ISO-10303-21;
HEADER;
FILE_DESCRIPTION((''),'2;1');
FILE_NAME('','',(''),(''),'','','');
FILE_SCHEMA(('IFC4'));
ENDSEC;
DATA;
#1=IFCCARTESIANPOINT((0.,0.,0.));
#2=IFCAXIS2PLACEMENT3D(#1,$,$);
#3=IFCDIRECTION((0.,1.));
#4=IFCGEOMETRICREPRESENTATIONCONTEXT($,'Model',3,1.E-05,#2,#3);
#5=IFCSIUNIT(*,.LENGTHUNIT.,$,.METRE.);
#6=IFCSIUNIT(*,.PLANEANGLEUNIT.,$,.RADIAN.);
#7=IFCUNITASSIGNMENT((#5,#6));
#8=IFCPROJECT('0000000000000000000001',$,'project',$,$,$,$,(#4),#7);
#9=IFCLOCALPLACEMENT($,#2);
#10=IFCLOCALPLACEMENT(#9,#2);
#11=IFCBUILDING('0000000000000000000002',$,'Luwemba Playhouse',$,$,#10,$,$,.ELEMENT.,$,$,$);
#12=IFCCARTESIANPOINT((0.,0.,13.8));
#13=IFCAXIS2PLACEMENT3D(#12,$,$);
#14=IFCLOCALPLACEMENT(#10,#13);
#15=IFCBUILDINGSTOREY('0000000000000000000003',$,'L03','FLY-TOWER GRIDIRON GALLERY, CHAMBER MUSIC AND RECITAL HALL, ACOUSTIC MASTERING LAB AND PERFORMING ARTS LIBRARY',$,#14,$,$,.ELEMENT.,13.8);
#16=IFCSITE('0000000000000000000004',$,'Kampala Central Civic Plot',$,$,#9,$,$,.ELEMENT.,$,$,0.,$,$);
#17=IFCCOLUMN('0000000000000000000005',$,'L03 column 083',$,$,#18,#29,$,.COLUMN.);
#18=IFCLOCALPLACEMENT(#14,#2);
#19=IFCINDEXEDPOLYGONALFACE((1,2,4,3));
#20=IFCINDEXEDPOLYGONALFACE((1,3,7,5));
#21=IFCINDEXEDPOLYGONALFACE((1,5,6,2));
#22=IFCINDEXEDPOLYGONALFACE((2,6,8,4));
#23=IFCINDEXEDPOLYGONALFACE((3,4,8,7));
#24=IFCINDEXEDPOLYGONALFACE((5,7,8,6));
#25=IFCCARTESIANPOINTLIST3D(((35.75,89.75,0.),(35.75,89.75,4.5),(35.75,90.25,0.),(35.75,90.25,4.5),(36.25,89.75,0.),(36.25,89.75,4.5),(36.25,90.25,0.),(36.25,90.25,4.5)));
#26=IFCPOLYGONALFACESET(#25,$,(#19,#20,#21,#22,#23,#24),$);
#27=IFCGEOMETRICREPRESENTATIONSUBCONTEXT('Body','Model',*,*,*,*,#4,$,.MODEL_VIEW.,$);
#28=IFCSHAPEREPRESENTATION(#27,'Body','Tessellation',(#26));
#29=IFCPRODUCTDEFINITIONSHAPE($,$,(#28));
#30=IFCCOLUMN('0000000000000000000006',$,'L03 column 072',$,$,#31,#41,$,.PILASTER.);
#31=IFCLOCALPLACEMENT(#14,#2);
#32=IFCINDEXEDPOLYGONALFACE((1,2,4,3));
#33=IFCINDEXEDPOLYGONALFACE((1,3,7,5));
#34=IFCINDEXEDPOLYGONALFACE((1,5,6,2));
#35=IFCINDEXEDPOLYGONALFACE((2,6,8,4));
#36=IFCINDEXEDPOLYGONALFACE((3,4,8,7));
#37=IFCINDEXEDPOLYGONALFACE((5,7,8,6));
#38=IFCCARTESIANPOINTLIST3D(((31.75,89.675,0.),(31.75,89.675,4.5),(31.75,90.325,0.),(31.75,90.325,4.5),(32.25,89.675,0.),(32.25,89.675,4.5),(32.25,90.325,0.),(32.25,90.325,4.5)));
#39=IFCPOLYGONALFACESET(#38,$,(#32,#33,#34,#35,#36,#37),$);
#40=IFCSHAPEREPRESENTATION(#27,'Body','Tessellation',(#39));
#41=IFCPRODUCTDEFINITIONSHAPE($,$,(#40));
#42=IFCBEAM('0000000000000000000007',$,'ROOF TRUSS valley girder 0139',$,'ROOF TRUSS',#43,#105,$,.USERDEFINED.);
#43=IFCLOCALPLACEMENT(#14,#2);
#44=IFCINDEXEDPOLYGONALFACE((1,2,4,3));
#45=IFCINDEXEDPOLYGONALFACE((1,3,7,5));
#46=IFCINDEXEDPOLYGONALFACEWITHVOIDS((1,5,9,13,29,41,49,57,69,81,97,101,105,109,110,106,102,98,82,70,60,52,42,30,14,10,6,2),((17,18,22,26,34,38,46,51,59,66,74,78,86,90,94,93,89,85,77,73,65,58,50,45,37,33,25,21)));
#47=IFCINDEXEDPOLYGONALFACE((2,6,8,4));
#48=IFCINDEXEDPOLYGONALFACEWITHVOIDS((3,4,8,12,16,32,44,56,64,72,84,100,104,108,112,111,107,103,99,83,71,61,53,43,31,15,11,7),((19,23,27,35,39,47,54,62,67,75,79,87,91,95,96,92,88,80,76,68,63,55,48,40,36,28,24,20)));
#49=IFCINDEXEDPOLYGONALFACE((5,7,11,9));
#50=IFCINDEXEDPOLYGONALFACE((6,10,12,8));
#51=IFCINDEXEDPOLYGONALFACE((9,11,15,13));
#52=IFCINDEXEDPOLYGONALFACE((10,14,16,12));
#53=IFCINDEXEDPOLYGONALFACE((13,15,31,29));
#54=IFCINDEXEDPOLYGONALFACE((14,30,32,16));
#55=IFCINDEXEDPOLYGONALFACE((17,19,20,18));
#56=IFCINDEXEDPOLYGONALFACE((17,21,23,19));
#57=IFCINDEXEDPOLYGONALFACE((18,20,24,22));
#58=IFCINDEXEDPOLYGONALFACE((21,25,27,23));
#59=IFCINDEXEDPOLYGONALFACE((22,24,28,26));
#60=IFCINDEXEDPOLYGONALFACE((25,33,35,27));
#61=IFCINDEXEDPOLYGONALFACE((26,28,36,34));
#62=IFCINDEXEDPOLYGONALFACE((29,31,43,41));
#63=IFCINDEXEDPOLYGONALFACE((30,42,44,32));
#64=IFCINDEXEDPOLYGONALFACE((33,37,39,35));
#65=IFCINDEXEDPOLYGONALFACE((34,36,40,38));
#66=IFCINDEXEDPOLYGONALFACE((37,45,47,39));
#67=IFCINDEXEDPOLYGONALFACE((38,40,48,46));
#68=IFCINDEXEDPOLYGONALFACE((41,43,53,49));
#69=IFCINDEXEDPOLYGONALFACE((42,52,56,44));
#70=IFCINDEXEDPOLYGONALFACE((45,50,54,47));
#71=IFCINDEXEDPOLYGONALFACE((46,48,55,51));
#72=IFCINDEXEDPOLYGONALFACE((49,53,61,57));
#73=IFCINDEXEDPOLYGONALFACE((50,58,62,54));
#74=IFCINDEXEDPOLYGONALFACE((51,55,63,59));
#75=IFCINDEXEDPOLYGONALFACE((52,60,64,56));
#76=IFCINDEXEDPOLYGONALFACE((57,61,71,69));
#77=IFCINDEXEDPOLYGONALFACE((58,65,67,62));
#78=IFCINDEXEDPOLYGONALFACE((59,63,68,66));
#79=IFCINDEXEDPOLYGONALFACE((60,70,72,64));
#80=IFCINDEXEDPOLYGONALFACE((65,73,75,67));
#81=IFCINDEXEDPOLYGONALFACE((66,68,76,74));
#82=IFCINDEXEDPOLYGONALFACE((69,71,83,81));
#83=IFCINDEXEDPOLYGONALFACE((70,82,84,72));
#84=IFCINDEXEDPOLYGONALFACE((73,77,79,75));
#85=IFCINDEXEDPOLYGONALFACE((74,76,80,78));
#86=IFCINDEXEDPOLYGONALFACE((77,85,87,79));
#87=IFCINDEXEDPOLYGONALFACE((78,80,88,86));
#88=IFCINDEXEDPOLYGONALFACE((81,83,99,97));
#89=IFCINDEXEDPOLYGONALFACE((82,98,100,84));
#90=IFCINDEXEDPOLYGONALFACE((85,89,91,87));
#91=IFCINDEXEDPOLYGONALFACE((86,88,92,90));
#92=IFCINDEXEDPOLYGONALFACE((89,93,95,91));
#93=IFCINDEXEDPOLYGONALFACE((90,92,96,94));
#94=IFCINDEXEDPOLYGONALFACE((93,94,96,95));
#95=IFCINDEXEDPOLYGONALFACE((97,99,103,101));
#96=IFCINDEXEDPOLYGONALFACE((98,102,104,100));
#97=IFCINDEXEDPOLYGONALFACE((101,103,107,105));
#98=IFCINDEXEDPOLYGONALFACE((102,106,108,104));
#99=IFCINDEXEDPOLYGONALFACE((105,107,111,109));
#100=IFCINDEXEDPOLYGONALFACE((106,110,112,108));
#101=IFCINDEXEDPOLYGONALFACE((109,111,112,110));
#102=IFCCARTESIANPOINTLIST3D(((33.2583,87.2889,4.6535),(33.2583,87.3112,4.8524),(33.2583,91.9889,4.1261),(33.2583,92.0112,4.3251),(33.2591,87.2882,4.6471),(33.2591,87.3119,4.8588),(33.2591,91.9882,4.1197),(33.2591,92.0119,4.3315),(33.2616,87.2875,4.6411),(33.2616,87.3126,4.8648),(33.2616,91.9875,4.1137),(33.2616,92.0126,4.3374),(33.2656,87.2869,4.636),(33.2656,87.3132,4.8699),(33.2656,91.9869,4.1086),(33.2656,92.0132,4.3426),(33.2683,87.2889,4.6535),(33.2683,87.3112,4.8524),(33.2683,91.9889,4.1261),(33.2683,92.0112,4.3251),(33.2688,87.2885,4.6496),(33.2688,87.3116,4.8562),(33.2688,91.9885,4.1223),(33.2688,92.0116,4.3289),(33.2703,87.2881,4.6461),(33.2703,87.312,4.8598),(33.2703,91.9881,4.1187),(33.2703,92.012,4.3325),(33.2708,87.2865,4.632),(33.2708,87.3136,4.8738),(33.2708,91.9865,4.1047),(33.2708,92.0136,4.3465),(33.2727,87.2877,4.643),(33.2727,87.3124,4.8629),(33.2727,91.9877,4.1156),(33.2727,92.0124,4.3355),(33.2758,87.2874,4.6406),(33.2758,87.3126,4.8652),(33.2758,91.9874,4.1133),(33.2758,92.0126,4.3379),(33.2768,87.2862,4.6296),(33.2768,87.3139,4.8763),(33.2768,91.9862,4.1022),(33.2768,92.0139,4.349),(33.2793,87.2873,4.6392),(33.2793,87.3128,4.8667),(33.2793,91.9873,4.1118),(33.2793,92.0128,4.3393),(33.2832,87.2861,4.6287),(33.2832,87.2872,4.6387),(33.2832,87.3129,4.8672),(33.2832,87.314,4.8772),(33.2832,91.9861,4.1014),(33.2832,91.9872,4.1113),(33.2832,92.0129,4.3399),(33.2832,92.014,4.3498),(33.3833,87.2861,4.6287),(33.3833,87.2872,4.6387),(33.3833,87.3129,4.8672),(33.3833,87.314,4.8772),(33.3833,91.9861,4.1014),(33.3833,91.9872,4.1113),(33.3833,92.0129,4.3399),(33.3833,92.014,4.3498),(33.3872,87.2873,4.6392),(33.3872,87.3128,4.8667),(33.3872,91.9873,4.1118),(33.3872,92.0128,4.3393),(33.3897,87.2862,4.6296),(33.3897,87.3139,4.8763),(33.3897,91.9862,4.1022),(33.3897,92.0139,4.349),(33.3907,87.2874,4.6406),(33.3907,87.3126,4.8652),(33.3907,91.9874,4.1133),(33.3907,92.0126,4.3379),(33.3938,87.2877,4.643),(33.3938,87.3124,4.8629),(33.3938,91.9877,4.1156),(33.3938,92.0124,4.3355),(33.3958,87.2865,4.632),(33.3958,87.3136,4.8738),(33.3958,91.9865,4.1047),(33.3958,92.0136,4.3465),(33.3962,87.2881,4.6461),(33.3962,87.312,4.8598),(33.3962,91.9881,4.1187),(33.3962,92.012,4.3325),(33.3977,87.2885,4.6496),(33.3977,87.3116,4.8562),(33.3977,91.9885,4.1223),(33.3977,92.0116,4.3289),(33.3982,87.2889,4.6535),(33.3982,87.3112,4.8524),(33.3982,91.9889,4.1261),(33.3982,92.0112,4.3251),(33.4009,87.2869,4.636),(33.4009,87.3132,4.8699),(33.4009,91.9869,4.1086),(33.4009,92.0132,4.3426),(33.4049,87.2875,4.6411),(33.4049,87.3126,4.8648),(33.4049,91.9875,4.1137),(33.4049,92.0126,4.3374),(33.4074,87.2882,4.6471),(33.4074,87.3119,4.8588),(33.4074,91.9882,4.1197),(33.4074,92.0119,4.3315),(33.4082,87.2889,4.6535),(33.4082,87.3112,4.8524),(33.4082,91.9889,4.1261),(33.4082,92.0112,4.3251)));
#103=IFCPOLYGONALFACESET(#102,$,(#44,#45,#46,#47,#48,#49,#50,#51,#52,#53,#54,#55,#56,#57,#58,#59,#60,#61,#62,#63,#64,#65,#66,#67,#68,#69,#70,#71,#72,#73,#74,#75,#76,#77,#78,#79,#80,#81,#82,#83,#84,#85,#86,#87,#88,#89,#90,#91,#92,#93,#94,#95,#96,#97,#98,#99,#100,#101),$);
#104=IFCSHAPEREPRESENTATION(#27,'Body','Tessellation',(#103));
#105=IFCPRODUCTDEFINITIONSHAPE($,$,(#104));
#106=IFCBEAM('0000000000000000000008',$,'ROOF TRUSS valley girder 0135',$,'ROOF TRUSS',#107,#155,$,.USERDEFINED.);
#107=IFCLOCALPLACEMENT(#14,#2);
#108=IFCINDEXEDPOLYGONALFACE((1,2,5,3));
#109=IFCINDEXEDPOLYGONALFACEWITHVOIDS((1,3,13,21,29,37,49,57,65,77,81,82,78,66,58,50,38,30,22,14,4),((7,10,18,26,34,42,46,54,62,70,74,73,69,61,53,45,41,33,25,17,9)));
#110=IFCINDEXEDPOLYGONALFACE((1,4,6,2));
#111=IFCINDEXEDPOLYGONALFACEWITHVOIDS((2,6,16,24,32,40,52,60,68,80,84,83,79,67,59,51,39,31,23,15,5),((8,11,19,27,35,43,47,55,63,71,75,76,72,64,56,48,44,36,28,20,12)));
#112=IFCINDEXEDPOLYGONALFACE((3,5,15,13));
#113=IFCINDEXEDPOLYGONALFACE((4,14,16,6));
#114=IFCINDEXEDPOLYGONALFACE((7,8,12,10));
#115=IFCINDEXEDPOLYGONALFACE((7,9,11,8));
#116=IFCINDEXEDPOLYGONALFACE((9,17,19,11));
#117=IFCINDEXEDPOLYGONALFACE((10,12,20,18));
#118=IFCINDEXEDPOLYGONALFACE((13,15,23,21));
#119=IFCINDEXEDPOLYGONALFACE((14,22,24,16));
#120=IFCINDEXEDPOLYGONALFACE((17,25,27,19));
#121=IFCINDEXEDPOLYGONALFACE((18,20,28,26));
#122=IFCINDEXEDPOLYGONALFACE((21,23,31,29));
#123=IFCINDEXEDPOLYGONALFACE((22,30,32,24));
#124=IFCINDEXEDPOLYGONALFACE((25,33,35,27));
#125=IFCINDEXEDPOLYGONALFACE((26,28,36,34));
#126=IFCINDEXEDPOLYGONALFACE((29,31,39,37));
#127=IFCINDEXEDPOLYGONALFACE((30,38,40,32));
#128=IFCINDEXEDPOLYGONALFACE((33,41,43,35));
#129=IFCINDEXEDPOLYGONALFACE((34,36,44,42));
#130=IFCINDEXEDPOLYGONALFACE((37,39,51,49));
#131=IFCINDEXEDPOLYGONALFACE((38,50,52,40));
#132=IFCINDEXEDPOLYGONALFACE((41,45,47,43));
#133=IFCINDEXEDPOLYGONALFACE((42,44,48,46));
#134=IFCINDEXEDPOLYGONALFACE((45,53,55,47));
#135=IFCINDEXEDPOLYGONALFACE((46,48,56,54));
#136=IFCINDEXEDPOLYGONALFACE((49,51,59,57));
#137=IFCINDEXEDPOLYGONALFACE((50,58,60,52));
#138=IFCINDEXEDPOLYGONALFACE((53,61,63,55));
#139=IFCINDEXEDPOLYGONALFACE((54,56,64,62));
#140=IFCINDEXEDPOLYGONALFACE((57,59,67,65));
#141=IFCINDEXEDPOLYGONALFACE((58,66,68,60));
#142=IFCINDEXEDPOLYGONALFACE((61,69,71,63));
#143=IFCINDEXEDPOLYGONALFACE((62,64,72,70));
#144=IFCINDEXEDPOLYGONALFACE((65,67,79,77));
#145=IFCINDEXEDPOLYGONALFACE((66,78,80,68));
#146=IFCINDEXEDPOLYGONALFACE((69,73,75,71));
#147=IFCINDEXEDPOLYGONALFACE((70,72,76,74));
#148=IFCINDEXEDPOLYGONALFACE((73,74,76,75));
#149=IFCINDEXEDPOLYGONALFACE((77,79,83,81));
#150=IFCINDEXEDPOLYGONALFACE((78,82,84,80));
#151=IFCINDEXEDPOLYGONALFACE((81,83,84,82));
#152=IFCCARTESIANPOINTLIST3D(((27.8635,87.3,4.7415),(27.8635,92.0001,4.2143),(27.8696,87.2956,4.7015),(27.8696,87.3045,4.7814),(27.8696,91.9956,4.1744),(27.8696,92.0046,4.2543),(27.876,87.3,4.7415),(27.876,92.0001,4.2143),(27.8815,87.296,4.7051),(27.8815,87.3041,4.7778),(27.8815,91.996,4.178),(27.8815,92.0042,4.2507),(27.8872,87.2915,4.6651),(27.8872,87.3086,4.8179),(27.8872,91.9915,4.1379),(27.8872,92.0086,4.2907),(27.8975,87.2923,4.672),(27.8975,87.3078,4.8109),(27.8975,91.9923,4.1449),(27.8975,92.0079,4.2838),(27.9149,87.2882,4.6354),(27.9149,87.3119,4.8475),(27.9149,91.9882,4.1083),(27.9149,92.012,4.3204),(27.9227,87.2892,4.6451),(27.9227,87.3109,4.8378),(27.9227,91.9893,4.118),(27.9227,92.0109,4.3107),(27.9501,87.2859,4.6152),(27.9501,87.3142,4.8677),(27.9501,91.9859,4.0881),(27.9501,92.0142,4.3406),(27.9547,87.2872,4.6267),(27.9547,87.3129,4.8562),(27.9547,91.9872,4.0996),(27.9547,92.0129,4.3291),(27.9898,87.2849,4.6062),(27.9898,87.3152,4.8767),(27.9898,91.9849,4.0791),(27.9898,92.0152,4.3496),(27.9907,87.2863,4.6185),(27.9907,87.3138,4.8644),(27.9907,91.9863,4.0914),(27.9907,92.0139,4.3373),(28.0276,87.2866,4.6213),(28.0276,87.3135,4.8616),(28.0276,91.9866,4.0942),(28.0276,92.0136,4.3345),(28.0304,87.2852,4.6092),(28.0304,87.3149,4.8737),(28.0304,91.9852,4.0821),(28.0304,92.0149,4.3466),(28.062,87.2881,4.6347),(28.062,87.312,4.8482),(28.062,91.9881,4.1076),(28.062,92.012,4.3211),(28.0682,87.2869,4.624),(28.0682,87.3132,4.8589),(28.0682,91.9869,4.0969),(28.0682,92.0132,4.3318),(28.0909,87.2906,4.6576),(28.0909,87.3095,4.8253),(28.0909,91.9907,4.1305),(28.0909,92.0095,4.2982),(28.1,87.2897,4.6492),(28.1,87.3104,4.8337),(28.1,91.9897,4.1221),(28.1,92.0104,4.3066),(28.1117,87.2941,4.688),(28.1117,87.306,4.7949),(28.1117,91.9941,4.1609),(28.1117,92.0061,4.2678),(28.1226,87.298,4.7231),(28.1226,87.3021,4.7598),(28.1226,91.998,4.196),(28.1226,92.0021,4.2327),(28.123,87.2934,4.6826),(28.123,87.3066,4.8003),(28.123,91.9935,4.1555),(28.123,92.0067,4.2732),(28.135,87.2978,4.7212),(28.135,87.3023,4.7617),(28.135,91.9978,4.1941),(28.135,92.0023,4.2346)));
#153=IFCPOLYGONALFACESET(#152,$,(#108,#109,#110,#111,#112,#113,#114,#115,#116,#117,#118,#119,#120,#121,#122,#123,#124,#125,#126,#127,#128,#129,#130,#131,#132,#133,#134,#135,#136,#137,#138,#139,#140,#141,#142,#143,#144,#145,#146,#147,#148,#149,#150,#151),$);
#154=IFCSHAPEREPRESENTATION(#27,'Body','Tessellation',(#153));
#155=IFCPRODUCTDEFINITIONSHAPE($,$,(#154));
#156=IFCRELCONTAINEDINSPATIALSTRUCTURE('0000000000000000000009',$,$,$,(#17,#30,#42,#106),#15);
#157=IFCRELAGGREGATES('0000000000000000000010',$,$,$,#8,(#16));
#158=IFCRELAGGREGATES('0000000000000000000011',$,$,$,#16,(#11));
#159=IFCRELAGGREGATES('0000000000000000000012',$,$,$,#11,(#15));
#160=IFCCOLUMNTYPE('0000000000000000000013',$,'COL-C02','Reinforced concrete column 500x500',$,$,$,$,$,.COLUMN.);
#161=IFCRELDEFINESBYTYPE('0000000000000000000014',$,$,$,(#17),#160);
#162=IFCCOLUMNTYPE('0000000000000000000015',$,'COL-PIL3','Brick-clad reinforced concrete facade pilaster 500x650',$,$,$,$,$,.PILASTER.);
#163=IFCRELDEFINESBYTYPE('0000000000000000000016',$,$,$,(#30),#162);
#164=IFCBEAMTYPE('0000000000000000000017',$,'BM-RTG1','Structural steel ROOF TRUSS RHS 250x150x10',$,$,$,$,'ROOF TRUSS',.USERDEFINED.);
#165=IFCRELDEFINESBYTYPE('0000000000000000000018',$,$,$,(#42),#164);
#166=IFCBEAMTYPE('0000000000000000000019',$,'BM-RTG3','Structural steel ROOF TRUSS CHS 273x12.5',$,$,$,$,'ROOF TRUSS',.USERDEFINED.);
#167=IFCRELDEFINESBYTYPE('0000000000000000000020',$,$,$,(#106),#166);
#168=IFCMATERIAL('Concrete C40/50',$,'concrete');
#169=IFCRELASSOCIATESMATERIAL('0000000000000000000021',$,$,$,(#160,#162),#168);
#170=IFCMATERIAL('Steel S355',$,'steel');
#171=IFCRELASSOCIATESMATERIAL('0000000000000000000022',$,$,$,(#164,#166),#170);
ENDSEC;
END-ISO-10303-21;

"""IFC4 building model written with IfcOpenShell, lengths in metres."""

from ifc_helpers import new_model, si_unit, direction, frame, origin, origin_2d, place, context, subcontext, project, spatial, rectangle, hollow_rectangle, hollow_circle, extrude, material, material_profile, profile_set, type_object, element, save


model = new_model("IFC4")

# Units and contexts
model_context = context("Model", 3, precision=1e-05, world=origin(), true_north=direction((0.0, 1.0)))
body_context = subcontext(model_context, "Body", "Model", "MODEL_VIEW")
ifc_project = project(units=[si_unit("LENGTHUNIT", "METRE"), si_unit("PLANEANGLEUNIT", "RADIAN")], contexts=[model_context])

# Site, building, storey
site_placement = place(None, origin())
site = spatial("IfcSite", under=ifc_project, at=site_placement, Name="Kampala Central Civic Plot", CompositionType="ELEMENT", RefElevation=0.0)
building_placement = place(site_placement, origin())
building = spatial("IfcBuilding", under=site, at=building_placement, Name="Luwemba Playhouse", CompositionType="ELEMENT")
storey_placement = place(building_placement, frame((0.0, 0.0, 13.8)))
storey = spatial("IfcBuildingStorey", under=building, at=storey_placement, Name="L03", Description="FLY-TOWER GRIDIRON GALLERY, CHAMBER MUSIC AND RECITAL HALL, ACOUSTIC MASTERING LAB AND PERFORMING ARTS LIBRARY", CompositionType="ELEMENT", Elevation=13.8)

# Columns
ifc_material_1 = material(Name="Concrete C40/50", Category="concrete")
ifc_material_profile_1 = material_profile(ifc_material_1, rectangle(XDim=0.5, YDim=0.5, at=origin_2d()))
ifc_profile_set_1 = profile_set([ifc_material_profile_1], Name="Concrete C40/50")
column_type_1 = type_object("IfcColumnType", Name="COL-C02", Description="Reinforced concrete column 500x500", PredefinedType="COLUMN", material=ifc_profile_set_1)
column_1_placement = place(storey_placement, frame((36.0, 90.0, 0.0), z_axis=(0.0, 0.0, 1.0), x_axis=(1.0, 0.0, 0.0)))
element("IfcColumn", 1, at=column_1_placement, inside=storey, type_object=column_type_1, Name="L03 column 083", PredefinedType="COLUMN", context=body_context, shape_type="SweptSolid", body=[
    extrude(rectangle(XDim=0.5, YDim=0.5, at=origin_2d()), origin(), (0.0, 0.0, 1.0), 4.5),
])
ifc_material_profile_2 = material_profile(ifc_material_1, rectangle(XDim=0.5, YDim=0.6499, at=origin_2d()))
ifc_profile_set_2 = profile_set([ifc_material_profile_2], Name="Concrete C40/50")
column_type_2 = type_object("IfcColumnType", Name="COL-PIL3", Description="Brick-clad reinforced concrete facade pilaster 500x650", PredefinedType="PILASTER", material=ifc_profile_set_2)
column_2_placement = place(storey_placement, frame((32.0, 90.0, 0.0), z_axis=(0.0, 0.0, 1.0), x_axis=(1.0, 0.0, 0.0)))
element("IfcColumn", 2, at=column_2_placement, inside=storey, type_object=column_type_2, Name="L03 column 072", PredefinedType="PILASTER", context=body_context, shape_type="SweptSolid", body=[
    extrude(rectangle(XDim=0.5, YDim=0.6499, at=origin_2d()), origin(), (0.0, 0.0, 1.0), 4.5),
])

# Beams
ifc_material_2 = material(Name="Steel S355", Category="steel")
ifc_material_profile_3 = material_profile(ifc_material_2, hollow_rectangle(XDim=0.1499, YDim=0.25, WallThickness=0.01, InnerFilletRadius=0.0149, OuterFilletRadius=0.0249, at=origin_2d()))
ifc_profile_set_3 = profile_set([ifc_material_profile_3], Name="Steel S355")
beam_type_1 = type_object("IfcBeamType", Name="BM-RTG1", Description="Structural steel ROOF TRUSS RHS 250x150x10", ElementType="ROOF TRUSS", PredefinedType="USERDEFINED", material=ifc_profile_set_3)
beam_1_placement = place(storey_placement, frame((33.3333, 87.3, 4.7529), z_axis=(0.0, 0.993764, -0.111502), x_axis=(-1.0, 0.0, 0.0)))
element("IfcBeam", 3, at=beam_1_placement, inside=storey, type_object=beam_type_1, Name="ROOF TRUSS valley girder 0139", ObjectType="ROOF TRUSS", PredefinedType="USERDEFINED", context=body_context, shape_type="SweptSolid", body=[
    extrude(hollow_rectangle(XDim=0.1499, YDim=0.25, WallThickness=0.01, InnerFilletRadius=0.0149, OuterFilletRadius=0.0249, at=origin_2d()), origin(), (0.0, 0.0, 1.0), 4.7295),
])
ifc_material_profile_4 = material_profile(ifc_material_2, hollow_circle(Radius=0.1365, WallThickness=0.0125, at=origin_2d()))
ifc_profile_set_4 = profile_set([ifc_material_profile_4], Name="Steel S355")
beam_type_2 = type_object("IfcBeamType", Name="BM-RTG3", Description="Structural steel ROOF TRUSS CHS 273x12.5", ElementType="ROOF TRUSS", PredefinedType="USERDEFINED", material=ifc_profile_set_4)
beam_2_placement = place(storey_placement, frame((28.0, 87.3, 4.7415), z_axis=(0.0, 0.99377, -0.111451), x_axis=(-1.0, 0.0, 0.0)))
element("IfcBeam", 4, at=beam_2_placement, inside=storey, type_object=beam_type_2, Name="ROOF TRUSS valley girder 0135", ObjectType="ROOF TRUSS", PredefinedType="USERDEFINED", context=body_context, shape_type="SweptSolid", body=[
    extrude(hollow_circle(Radius=0.1365, WallThickness=0.0125, at=origin_2d()), origin(), (0.0, 0.0, 1.0), 4.7295),
])

save(model, "model.ifc")
